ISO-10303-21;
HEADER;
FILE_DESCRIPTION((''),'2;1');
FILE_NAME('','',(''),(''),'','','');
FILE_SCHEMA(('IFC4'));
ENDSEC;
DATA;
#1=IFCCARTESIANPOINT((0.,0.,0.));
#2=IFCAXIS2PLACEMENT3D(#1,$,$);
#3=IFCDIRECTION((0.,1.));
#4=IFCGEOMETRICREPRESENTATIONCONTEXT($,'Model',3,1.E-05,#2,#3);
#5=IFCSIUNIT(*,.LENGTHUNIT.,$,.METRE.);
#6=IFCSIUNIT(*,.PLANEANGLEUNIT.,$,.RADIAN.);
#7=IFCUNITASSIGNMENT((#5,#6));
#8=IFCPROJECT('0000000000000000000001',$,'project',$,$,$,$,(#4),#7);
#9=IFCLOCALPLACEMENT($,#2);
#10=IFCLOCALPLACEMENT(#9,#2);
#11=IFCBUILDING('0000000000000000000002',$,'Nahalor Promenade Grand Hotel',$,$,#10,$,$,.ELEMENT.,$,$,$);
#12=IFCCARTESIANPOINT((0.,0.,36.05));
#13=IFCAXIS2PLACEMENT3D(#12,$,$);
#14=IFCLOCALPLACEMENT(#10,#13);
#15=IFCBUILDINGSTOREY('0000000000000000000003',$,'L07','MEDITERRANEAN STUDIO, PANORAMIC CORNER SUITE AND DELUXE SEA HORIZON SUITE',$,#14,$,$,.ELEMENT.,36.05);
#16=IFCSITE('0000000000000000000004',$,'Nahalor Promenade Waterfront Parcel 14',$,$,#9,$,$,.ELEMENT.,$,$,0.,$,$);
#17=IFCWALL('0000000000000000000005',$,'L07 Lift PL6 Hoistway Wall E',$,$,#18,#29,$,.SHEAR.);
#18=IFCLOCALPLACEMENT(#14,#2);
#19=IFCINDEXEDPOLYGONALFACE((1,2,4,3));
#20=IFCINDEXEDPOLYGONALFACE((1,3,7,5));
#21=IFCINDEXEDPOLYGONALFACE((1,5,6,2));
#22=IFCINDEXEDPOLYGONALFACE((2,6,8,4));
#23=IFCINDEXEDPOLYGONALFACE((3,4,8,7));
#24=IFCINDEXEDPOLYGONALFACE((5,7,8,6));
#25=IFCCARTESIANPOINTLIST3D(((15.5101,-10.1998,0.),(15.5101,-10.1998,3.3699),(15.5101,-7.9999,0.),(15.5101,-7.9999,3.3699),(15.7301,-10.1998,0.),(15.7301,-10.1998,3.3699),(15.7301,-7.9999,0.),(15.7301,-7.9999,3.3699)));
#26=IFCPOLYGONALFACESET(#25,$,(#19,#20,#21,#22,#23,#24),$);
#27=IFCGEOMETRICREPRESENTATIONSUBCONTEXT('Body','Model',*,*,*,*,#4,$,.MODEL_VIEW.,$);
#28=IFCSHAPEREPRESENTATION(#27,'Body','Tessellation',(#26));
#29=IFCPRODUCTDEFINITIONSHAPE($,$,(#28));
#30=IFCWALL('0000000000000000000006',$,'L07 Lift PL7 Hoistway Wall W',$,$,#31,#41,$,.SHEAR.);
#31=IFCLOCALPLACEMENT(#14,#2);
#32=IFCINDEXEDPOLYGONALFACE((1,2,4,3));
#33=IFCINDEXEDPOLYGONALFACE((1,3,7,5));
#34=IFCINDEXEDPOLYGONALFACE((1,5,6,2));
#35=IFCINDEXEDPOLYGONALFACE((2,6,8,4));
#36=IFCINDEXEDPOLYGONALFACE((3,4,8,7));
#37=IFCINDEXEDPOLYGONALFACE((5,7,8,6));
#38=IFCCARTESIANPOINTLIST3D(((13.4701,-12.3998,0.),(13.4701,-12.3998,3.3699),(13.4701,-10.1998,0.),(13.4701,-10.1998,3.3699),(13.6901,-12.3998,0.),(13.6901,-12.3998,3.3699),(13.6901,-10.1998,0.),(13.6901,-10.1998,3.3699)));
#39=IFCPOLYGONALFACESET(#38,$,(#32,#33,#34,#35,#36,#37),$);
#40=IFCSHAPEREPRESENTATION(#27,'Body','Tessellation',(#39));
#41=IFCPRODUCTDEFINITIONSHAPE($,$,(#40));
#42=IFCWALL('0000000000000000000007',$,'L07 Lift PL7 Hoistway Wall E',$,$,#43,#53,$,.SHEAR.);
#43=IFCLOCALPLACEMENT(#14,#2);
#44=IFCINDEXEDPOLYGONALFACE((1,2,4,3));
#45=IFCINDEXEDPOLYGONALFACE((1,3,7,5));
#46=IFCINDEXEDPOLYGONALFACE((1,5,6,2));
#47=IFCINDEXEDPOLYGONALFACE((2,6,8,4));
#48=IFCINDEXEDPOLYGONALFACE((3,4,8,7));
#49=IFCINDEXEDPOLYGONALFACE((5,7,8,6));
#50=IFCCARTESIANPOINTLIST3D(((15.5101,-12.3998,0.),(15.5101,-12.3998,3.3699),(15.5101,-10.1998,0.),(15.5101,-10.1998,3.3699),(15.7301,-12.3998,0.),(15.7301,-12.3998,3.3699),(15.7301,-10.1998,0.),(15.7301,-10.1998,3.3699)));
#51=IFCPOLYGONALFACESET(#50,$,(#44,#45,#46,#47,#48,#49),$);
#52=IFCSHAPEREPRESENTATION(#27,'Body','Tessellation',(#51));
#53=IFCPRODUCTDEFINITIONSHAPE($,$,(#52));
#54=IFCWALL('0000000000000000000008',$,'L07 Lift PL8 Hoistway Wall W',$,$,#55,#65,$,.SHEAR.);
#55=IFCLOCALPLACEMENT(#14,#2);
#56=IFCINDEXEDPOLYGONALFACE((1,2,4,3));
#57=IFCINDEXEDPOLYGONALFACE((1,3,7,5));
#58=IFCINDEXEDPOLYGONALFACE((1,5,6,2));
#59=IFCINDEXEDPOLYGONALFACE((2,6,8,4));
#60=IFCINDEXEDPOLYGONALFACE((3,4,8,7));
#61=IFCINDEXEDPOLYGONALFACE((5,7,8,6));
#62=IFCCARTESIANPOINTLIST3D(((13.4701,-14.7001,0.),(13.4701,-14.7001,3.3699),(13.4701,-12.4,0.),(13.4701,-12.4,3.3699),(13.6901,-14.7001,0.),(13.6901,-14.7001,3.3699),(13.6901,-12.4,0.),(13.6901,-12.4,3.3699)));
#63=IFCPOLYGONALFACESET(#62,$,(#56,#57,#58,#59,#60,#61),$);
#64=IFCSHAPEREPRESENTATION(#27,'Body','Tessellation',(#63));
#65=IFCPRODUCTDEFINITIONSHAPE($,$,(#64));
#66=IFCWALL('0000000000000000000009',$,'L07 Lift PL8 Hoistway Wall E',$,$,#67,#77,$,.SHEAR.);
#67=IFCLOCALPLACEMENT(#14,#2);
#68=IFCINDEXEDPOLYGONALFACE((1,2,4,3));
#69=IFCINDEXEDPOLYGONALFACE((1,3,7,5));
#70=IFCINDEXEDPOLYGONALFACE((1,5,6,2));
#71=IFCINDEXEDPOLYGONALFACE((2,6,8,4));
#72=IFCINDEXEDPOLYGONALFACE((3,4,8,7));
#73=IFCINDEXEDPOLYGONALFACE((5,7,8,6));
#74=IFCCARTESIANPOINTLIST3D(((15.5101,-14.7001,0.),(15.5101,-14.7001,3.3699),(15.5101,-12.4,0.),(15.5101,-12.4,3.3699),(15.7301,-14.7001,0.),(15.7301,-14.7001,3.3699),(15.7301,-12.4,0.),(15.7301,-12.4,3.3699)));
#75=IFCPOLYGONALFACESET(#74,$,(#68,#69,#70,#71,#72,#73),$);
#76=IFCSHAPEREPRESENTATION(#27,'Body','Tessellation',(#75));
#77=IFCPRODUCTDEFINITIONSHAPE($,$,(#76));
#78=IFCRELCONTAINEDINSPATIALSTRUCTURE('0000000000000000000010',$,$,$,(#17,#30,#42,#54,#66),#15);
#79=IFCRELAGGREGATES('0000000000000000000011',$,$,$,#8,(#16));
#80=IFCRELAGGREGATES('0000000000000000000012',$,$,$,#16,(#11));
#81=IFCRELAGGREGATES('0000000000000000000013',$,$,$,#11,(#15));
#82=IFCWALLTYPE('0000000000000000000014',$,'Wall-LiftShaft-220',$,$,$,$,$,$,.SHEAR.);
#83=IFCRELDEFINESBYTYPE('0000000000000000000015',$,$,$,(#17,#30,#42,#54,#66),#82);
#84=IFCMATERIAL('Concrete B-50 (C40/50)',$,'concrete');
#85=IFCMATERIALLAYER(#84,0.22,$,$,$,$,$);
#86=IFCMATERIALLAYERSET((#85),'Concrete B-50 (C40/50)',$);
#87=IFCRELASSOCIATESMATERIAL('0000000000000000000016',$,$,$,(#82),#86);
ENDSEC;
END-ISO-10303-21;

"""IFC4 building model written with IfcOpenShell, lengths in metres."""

from ifc_helpers import new_model, si_unit, direction, frame, frame_2d, origin, place, context, subcontext, project, spatial, rectangle, extrude, source, transform, mapped, material, layer, layer_set, type_object, element, save


model = new_model("IFC4")

# Units and contexts
model_context = context("Model", 3, precision=1e-05, world=origin(), true_north=direction((0.0, 1.0)))
body_context = subcontext(model_context, "Body", "Model", "MODEL_VIEW")
ifc_project = project(units=[si_unit("LENGTHUNIT", "METRE"), si_unit("PLANEANGLEUNIT", "RADIAN")], contexts=[model_context])

# Site, building, storey
site_placement = place(None, origin())
site = spatial("IfcSite", under=ifc_project, at=site_placement, Name="Nahalor Promenade Waterfront Parcel 14", CompositionType="ELEMENT", RefElevation=0.0)
building_placement = place(site_placement, origin())
building = spatial("IfcBuilding", under=site, at=building_placement, Name="Nahalor Promenade Grand Hotel", CompositionType="ELEMENT")
storey_placement = place(building_placement, frame((0.0, 0.0, 36.05)))
storey = spatial("IfcBuildingStorey", under=building, at=storey_placement, Name="L07", Description="MEDITERRANEAN STUDIO, PANORAMIC CORNER SUITE AND DELUXE SEA HORIZON SUITE", CompositionType="ELEMENT", Elevation=36.05)

# Walls
ifc_material_1 = material(Name="Concrete B-50 (C40/50)", Category="concrete")
ifc_layer_1 = layer(ifc_material_1, 0.22)
ifc_layer_set_1 = layer_set([ifc_layer_1], Name="Concrete B-50 (C40/50)")
wall_type = type_object("IfcWallType", Name="Wall-LiftShaft-220", PredefinedType="SHEAR", material=ifc_layer_set_1)
shared_shape_1 = source(origin(), body_context, "Body", "SweptSolid", [
    extrude(rectangle(XDim=2.2, YDim=0.22, at=frame_2d((1.1001, 0.0))), origin(), (0.0, 0.0, 1.0), 3.3699),
])
for number, where, z_axis, x_axis, name in (
    (1, (15.6201, -10.2, 0.0), (0.0, 0.0, 1.0), (0.0, 1.0, 0.0), "L07 Lift PL6 Hoistway Wall E"),
    (2, (13.5801, -12.3999, 0.0), (0.0, 0.0, 1.0), (0.0, 1.0, 0.0), "L07 Lift PL7 Hoistway Wall W"),
    (3, (15.6201, -12.3999, 0.0), (0.0, 0.0, 1.0), (0.0, 1.0, 0.0), "L07 Lift PL7 Hoistway Wall E"),
):
    element("IfcWall", number, at=place(storey_placement, frame(where, z_axis=z_axis, x_axis=x_axis)), inside=storey, type_object=wall_type, Name=name, PredefinedType="SHEAR", context=body_context, shape_type="MappedRepresentation", body=[
        mapped(shared_shape_1, transform((0.0, 0.0, 0.0), scale=1.0)),
    ])
shared_shape_2 = source(origin(), body_context, "Body", "SweptSolid", [
    extrude(rectangle(XDim=2.3, YDim=0.22, at=frame_2d((1.1499, 0.0))), origin(), (0.0, 0.0, 1.0), 3.3699),
])
for number, where, z_axis, x_axis, name in (
    (4, (13.5801, -14.7, 0.0), (0.0, 0.0, 1.0), (0.0, 1.0, 0.0), "L07 Lift PL8 Hoistway Wall W"),
    (5, (15.6201, -14.7, 0.0), (0.0, 0.0, 1.0), (0.0, 1.0, 0.0), "L07 Lift PL8 Hoistway Wall E"),
):
    element("IfcWall", number, at=place(storey_placement, frame(where, z_axis=z_axis, x_axis=x_axis)), inside=storey, type_object=wall_type, Name=name, PredefinedType="SHEAR", context=body_context, shape_type="MappedRepresentation", body=[
        mapped(shared_shape_2, transform((0.0, 0.0, 0.0), scale=1.0)),
    ])

save(model, "model.ifc")
